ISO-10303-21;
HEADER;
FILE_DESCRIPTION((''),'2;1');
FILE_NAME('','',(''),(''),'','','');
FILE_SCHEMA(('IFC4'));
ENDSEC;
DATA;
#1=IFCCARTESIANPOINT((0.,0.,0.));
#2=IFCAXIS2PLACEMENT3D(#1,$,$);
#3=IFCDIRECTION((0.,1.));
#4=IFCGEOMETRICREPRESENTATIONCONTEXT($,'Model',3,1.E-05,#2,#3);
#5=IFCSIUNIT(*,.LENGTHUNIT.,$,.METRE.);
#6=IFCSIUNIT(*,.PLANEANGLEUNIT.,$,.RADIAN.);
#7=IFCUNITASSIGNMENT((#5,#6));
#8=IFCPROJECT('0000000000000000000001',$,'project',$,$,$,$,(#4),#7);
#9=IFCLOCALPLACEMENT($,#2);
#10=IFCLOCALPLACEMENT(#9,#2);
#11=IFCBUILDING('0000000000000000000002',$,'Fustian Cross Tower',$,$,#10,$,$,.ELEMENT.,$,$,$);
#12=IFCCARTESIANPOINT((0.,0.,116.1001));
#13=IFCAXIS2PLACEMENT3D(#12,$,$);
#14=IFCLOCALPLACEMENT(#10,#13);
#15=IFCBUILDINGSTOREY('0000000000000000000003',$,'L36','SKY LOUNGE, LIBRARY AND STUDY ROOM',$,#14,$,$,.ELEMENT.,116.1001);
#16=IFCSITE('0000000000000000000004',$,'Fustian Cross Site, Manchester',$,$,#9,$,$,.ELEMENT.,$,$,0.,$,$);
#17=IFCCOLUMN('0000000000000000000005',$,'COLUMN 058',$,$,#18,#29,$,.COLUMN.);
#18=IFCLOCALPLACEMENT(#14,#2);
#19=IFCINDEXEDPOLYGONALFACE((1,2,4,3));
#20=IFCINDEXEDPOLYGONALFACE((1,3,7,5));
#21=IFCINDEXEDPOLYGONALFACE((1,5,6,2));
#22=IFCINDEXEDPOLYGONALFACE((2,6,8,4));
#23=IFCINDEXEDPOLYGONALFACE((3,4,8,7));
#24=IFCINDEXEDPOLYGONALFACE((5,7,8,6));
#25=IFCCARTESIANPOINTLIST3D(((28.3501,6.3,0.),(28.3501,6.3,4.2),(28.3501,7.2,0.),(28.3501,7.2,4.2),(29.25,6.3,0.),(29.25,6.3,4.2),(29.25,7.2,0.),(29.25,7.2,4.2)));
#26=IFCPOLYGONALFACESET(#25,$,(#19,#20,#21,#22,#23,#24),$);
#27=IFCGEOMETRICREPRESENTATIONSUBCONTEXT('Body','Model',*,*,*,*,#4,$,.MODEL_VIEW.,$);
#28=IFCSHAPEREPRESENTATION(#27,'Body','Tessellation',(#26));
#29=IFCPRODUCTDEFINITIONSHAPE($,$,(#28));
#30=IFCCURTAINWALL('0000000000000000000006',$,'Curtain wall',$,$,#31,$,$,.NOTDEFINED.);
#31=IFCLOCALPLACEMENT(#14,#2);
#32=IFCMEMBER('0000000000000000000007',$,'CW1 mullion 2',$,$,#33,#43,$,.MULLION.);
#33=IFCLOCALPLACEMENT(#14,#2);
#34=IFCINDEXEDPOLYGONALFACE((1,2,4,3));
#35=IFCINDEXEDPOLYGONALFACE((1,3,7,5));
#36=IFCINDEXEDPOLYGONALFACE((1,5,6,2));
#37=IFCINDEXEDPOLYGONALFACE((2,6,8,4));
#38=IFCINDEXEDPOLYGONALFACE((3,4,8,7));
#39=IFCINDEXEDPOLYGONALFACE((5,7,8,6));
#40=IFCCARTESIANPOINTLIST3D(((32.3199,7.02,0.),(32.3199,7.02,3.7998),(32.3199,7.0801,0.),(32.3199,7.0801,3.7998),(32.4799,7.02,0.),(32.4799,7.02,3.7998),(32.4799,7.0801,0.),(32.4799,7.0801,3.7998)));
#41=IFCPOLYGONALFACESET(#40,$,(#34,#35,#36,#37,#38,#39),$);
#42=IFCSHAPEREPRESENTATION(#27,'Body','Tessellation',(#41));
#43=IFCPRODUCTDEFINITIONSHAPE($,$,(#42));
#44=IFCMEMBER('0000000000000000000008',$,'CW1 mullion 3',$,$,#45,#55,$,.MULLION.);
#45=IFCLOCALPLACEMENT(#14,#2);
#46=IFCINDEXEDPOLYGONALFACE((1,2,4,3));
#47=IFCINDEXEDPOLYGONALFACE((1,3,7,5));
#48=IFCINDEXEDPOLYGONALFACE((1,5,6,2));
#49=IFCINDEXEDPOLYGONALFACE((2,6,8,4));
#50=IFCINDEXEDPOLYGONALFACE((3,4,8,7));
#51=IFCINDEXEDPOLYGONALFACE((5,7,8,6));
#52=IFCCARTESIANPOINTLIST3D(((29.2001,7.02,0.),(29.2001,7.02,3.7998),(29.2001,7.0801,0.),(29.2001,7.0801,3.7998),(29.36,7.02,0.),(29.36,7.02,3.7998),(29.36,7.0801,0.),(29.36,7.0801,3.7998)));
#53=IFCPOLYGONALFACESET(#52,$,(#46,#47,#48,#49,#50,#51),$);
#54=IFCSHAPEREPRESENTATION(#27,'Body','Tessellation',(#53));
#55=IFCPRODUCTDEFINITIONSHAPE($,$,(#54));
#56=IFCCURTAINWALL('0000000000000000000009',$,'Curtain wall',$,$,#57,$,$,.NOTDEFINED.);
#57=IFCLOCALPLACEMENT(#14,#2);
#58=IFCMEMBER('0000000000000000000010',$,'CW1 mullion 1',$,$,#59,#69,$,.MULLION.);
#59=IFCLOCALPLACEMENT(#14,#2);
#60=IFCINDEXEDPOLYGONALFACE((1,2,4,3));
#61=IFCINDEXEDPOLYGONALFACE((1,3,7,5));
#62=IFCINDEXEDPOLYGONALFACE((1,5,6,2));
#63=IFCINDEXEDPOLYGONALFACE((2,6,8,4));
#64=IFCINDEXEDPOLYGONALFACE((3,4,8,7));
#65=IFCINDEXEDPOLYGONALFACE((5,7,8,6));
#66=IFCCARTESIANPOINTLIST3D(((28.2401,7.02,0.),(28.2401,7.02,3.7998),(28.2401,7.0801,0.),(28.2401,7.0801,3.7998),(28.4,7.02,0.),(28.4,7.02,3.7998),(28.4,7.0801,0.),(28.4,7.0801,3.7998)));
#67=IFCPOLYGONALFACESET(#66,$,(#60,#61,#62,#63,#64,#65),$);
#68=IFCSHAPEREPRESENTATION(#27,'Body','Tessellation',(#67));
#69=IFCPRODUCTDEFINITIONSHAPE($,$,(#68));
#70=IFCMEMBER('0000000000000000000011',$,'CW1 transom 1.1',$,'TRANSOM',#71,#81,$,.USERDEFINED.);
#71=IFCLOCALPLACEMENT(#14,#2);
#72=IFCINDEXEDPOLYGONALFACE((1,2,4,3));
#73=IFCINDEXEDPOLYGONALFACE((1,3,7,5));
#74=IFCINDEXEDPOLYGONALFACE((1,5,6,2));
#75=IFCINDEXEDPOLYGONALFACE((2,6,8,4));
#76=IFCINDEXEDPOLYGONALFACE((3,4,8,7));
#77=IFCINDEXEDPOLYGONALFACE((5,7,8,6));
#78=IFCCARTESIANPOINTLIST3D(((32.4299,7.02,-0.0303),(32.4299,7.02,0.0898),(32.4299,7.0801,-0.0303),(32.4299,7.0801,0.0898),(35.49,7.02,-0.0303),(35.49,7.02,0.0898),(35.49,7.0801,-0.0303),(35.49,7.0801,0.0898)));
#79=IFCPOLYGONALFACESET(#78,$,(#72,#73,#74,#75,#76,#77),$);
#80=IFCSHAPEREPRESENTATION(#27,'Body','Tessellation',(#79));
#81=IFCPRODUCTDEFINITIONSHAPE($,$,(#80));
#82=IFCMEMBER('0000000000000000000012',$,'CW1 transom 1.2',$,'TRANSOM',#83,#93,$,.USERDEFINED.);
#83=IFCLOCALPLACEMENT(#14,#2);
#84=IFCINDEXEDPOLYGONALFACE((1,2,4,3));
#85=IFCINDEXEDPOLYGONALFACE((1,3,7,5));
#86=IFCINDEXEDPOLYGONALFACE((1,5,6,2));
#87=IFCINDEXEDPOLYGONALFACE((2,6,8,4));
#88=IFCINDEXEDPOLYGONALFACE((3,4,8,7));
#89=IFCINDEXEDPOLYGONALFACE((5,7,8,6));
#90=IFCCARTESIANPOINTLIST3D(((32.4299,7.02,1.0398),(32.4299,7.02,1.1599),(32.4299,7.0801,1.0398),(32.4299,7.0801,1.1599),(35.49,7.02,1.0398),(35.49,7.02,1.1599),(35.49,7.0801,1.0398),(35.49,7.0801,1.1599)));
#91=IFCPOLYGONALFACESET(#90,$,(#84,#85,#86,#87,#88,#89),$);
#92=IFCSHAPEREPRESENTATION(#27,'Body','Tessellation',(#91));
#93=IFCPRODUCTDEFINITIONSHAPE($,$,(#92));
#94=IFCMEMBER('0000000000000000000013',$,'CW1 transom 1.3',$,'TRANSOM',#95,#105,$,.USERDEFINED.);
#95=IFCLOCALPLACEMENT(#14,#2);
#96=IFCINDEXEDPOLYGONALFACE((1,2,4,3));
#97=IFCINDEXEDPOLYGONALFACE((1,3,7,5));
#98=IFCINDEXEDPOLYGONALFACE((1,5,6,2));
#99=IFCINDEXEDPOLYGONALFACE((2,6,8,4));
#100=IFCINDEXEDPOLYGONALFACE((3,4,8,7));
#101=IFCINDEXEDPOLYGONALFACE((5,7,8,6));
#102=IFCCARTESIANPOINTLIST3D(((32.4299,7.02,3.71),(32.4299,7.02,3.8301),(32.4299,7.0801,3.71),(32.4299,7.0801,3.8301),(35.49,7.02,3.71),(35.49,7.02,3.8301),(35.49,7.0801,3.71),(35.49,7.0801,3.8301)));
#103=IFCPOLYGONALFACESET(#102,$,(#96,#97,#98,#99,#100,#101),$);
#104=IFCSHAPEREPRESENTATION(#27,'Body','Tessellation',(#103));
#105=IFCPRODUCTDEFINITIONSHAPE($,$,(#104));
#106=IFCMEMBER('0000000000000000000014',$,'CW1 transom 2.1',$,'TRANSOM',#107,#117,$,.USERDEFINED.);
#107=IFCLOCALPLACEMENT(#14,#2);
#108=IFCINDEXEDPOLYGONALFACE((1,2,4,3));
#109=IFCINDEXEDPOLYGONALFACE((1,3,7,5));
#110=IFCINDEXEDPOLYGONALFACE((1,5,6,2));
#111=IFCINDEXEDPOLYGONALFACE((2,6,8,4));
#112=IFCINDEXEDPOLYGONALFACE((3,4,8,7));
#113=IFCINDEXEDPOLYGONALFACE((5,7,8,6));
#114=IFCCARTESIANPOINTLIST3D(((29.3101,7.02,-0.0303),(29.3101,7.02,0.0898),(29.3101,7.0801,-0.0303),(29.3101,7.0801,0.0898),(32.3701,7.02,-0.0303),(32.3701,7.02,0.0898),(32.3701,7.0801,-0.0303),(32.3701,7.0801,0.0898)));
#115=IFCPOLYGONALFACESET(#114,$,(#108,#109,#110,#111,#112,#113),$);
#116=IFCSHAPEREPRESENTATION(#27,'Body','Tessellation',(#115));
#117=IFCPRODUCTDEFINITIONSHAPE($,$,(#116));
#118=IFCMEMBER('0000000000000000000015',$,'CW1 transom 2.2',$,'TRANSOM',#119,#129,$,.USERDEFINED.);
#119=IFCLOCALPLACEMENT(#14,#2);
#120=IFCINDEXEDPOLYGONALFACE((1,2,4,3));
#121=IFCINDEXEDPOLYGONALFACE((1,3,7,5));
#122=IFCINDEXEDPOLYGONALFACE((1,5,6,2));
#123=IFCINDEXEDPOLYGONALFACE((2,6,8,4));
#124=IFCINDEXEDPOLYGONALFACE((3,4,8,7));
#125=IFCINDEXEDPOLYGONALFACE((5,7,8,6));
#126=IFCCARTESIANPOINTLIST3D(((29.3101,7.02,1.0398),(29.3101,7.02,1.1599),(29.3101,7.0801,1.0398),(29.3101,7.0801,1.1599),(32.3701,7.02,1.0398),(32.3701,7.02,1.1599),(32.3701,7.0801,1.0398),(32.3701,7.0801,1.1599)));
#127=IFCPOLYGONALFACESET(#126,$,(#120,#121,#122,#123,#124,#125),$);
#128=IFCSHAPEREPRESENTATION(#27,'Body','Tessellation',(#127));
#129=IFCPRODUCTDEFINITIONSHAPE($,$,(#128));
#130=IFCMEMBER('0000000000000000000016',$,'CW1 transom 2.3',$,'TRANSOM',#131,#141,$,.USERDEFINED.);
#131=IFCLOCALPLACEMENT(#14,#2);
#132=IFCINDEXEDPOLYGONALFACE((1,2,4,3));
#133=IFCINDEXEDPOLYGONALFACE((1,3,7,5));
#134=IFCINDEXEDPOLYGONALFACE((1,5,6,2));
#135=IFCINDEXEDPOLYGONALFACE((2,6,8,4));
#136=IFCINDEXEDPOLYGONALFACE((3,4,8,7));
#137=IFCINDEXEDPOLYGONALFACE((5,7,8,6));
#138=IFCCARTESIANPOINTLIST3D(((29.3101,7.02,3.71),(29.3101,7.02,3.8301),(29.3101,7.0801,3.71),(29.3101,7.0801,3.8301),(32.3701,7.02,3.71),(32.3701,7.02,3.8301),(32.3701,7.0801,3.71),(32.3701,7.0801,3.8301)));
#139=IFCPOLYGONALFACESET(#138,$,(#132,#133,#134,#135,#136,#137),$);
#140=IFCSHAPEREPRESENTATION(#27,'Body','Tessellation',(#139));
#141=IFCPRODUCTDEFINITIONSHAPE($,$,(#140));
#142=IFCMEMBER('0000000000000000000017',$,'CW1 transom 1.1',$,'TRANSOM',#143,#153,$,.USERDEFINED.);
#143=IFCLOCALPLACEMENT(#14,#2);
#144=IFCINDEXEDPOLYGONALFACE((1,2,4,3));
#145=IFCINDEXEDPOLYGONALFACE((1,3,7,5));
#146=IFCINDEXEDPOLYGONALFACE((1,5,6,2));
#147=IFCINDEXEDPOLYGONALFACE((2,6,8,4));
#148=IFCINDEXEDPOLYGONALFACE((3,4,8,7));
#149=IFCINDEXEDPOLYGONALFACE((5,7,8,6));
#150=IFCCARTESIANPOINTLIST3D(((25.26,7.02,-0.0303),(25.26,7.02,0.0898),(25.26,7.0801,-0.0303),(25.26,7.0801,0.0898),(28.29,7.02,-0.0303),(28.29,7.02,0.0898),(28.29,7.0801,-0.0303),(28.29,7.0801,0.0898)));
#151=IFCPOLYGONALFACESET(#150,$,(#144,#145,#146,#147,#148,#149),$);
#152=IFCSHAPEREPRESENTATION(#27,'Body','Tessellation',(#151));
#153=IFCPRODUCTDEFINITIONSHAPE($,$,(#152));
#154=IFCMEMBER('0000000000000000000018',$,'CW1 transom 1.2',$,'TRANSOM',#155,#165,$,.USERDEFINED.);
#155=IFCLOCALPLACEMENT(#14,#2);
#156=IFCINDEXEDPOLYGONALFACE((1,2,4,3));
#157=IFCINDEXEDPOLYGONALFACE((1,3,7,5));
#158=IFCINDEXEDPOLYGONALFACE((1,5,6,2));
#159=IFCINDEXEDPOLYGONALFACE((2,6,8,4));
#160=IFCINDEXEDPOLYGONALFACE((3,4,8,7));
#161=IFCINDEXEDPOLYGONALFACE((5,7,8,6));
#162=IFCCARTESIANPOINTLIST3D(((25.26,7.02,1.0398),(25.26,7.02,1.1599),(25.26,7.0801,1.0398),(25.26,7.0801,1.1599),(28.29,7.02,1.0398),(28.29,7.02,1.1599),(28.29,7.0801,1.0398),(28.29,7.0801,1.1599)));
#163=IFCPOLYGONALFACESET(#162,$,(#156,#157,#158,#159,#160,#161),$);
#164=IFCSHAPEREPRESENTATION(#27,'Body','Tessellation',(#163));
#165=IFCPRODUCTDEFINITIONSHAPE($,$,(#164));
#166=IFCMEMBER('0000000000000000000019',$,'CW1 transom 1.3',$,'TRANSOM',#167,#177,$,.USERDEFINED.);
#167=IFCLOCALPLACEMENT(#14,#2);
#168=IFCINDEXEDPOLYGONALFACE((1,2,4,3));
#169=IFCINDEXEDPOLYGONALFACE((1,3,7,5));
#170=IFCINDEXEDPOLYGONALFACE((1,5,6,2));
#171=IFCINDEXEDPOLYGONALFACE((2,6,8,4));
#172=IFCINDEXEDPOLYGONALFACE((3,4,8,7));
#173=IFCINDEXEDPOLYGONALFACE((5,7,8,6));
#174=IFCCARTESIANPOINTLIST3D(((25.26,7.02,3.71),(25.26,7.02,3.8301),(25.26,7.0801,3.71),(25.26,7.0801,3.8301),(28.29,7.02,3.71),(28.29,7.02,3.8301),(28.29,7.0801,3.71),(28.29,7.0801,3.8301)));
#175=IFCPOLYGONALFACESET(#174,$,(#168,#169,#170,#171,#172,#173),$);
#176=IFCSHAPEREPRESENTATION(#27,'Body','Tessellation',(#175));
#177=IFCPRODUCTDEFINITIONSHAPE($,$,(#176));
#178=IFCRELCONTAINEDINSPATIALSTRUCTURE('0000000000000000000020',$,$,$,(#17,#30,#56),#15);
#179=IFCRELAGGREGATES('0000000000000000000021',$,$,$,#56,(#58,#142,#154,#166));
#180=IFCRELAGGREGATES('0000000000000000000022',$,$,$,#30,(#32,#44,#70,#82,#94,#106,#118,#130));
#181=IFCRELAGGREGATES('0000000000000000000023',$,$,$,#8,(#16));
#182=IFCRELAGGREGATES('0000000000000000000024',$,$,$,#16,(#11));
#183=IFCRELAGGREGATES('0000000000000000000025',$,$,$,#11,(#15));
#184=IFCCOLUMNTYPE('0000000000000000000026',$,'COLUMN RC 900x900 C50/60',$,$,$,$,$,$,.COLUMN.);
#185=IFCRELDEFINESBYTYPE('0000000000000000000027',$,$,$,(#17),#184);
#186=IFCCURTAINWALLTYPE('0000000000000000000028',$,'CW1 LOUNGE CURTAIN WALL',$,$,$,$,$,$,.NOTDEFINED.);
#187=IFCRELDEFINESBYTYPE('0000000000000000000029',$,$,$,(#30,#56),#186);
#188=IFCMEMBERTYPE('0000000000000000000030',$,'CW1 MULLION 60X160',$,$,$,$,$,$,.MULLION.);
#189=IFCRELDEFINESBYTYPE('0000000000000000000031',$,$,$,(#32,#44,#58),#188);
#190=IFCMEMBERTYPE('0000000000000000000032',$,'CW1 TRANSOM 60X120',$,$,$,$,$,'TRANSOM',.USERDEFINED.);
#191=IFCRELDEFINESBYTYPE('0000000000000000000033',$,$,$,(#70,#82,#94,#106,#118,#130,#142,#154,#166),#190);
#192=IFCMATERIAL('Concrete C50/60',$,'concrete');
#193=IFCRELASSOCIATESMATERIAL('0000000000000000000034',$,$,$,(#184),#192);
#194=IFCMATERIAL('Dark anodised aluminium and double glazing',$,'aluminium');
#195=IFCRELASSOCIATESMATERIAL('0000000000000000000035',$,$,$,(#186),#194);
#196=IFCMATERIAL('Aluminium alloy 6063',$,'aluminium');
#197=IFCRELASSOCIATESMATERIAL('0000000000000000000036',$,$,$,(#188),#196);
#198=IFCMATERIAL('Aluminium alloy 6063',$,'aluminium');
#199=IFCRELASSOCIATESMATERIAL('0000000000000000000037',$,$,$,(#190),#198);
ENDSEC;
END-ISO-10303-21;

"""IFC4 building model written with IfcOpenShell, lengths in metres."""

from ifc_helpers import new_model, si_unit, direction, frame, origin, origin_2d, place, context, subcontext, project, spatial, rectangle, extrude, material, material_profile, profile_set, type_object, element, aggregate, save


model = new_model("IFC4")

# Units and contexts
model_context = context("Model", 3, precision=1e-05, world=origin(), true_north=direction((0.0, 1.0)))
body_context = subcontext(model_context, "Body", "Model", "MODEL_VIEW")
ifc_project = project(units=[si_unit("LENGTHUNIT", "METRE"), si_unit("PLANEANGLEUNIT", "RADIAN")], contexts=[model_context])

# Site, building, storey
site_placement = place(None, origin())
site = spatial("IfcSite", under=ifc_project, at=site_placement, Name="Fustian Cross Site, Manchester", CompositionType="ELEMENT", RefElevation=0.0)
building_placement = place(site_placement, origin())
building = spatial("IfcBuilding", under=site, at=building_placement, Name="Fustian Cross Tower", CompositionType="ELEMENT")
storey_placement = place(building_placement, frame((0.0, 0.0, 116.1001)))
storey = spatial("IfcBuildingStorey", under=building, at=storey_placement, Name="L36", Description="SKY LOUNGE, LIBRARY AND STUDY ROOM", CompositionType="ELEMENT", Elevation=116.1001)

# Column
ifc_material_1 = material(Name="Concrete C50/60", Category="concrete")
ifc_material_profile_1 = material_profile(ifc_material_1, rectangle(XDim=0.8999, YDim=0.8999, at=origin_2d()), Name="RC 900x900")
ifc_profile_set_1 = profile_set([ifc_material_profile_1], Name="Concrete C50/60")
column_type = type_object("IfcColumnType", Name="COLUMN RC 900x900 C50/60", PredefinedType="COLUMN", material=ifc_profile_set_1)
column_placement = place(storey_placement, frame((28.8, 6.75, 0.0), z_axis=(0.0, 0.0, 1.0), x_axis=(1.0, 0.0, 0.0)))
element("IfcColumn", 1, at=column_placement, inside=storey, type_object=column_type, Name="COLUMN 058", PredefinedType="COLUMN", context=body_context, shape_type="SweptSolid", body=[
    extrude(rectangle(XDim=0.8999, YDim=0.8999, at=origin_2d()), origin(), (0.0, 0.0, 1.0), 4.2),
])

# Curtain wall, members
ifc_material_2 = material(Name="Dark anodised aluminium and double glazing", Category="aluminium")
curtain_wall_type = type_object("IfcCurtainWallType", Name="CW1 LOUNGE CURTAIN WALL", PredefinedType="NOTDEFINED", material=ifc_material_2)
curtain_wall_1_placement = place(storey_placement, origin())
curtain_wall_1 = element("IfcCurtainWall", 2, at=curtain_wall_1_placement, inside=storey, type_object=curtain_wall_type, Name="Curtain wall", PredefinedType="NOTDEFINED")
ifc_material_3 = material(Name="Aluminium alloy 6063", Category="aluminium")
ifc_material_profile_2 = material_profile(ifc_material_3, rectangle(XDim=0.0601, YDim=0.1599, at=origin_2d()), Name="CW1 MULLION 60X160")
ifc_profile_set_2 = profile_set([ifc_material_profile_2], Name="Aluminium alloy 6063")
member_type_1 = type_object("IfcMemberType", Name="CW1 MULLION 60X160", PredefinedType="MULLION", material=ifc_profile_set_2)
member_1_placement = place(storey_placement, frame((32.3999, 7.05, 0.0), z_axis=(0.0, 0.0, 1.0), x_axis=(0.0, -1.0, 0.0)))
member_1 = element("IfcMember", 3, at=member_1_placement, type_object=member_type_1, Name="CW1 mullion 2", PredefinedType="MULLION", context=body_context, shape_type="SweptSolid", body=[
    extrude(rectangle(XDim=0.0601, YDim=0.1599, at=origin_2d()), origin(), (0.0, 0.0, 1.0), 3.7998),
])
member_2_placement = place(storey_placement, frame((29.28, 7.05, 0.0), z_axis=(0.0, 0.0, 1.0), x_axis=(0.0, -1.0, 0.0)))
member_2 = element("IfcMember", 4, at=member_2_placement, type_object=member_type_1, Name="CW1 mullion 3", PredefinedType="MULLION", context=body_context, shape_type="SweptSolid", body=[
    extrude(rectangle(XDim=0.0601, YDim=0.1599, at=origin_2d()), origin(), (0.0, 0.0, 1.0), 3.7998),
])

# Curtain wall, member
curtain_wall_2_placement = place(storey_placement, origin())
curtain_wall_2 = element("IfcCurtainWall", 5, at=curtain_wall_2_placement, inside=storey, type_object=curtain_wall_type, Name="Curtain wall", PredefinedType="NOTDEFINED")
member_3_placement = place(storey_placement, frame((28.3201, 7.05, 0.0), z_axis=(0.0, 0.0, 1.0), x_axis=(0.0, -1.0, 0.0)))
member_3 = element("IfcMember", 6, at=member_3_placement, type_object=member_type_1, Name="CW1 mullion 1", PredefinedType="MULLION", context=body_context, shape_type="SweptSolid", body=[
    extrude(rectangle(XDim=0.0601, YDim=0.1599, at=origin_2d()), origin(), (0.0, 0.0, 1.0), 3.7998),
])

# Members
ifc_material_4 = material(Name="Aluminium alloy 6063", Category="aluminium")
ifc_material_profile_3 = material_profile(ifc_material_4, rectangle(XDim=0.0601, YDim=0.1201, at=origin_2d()), Name="CW1 TRANSOM 60X120")
ifc_profile_set_3 = profile_set([ifc_material_profile_3], Name="Aluminium alloy 6063")
member_type_2 = type_object("IfcMemberType", Name="CW1 TRANSOM 60X120", ElementType="TRANSOM", PredefinedType="USERDEFINED", material=ifc_profile_set_3)
member_4_placement = place(storey_placement, frame((35.49, 7.05, 0.0298), z_axis=(-1.0, 0.0, 0.0), x_axis=(0.0, -1.0, 0.0)))
member_4 = element("IfcMember", 7, at=member_4_placement, type_object=member_type_2, Name="CW1 transom 1.1", ObjectType="TRANSOM", PredefinedType="USERDEFINED", context=body_context, shape_type="SweptSolid", body=[
    extrude(rectangle(XDim=0.0601, YDim=0.1201, at=origin_2d()), origin(), (0.0, 0.0, 1.0), 3.0601),
])
member_5_placement = place(storey_placement, frame((35.49, 7.05, 1.0999), z_axis=(-1.0, 0.0, 0.0), x_axis=(0.0, -1.0, 0.0)))
member_5 = element("IfcMember", 8, at=member_5_placement, type_object=member_type_2, Name="CW1 transom 1.2", ObjectType="TRANSOM", PredefinedType="USERDEFINED", context=body_context, shape_type="SweptSolid", body=[
    extrude(rectangle(XDim=0.0601, YDim=0.1201, at=origin_2d()), origin(), (0.0, 0.0, 1.0), 3.0601),
])
member_6_placement = place(storey_placement, frame((35.49, 7.05, 3.77), z_axis=(-1.0, 0.0, 0.0), x_axis=(0.0, -1.0, 0.0)))
member_6 = element("IfcMember", 9, at=member_6_placement, type_object=member_type_2, Name="CW1 transom 1.3", ObjectType="TRANSOM", PredefinedType="USERDEFINED", context=body_context, shape_type="SweptSolid", body=[
    extrude(rectangle(XDim=0.0601, YDim=0.1201, at=origin_2d()), origin(), (0.0, 0.0, 1.0), 3.0601),
])
member_7_placement = place(storey_placement, frame((32.3701, 7.05, 0.0298), z_axis=(-1.0, 0.0, 0.0), x_axis=(0.0, -1.0, 0.0)))
member_7 = element("IfcMember", 10, at=member_7_placement, type_object=member_type_2, Name="CW1 transom 2.1", ObjectType="TRANSOM", PredefinedType="USERDEFINED", context=body_context, shape_type="SweptSolid", body=[
    extrude(rectangle(XDim=0.0601, YDim=0.1201, at=origin_2d()), origin(), (0.0, 0.0, 1.0), 3.0601),
])
member_8_placement = place(storey_placement, frame((32.3701, 7.05, 1.0999), z_axis=(-1.0, 0.0, 0.0), x_axis=(0.0, -1.0, 0.0)))
member_8 = element("IfcMember", 11, at=member_8_placement, type_object=member_type_2, Name="CW1 transom 2.2", ObjectType="TRANSOM", PredefinedType="USERDEFINED", context=body_context, shape_type="SweptSolid", body=[
    extrude(rectangle(XDim=0.0601, YDim=0.1201, at=origin_2d()), origin(), (0.0, 0.0, 1.0), 3.0601),
])
member_9_placement = place(storey_placement, frame((32.3701, 7.05, 3.77), z_axis=(-1.0, 0.0, 0.0), x_axis=(0.0, -1.0, 0.0)))
member_9 = element("IfcMember", 12, at=member_9_placement, type_object=member_type_2, Name="CW1 transom 2.3", ObjectType="TRANSOM", PredefinedType="USERDEFINED", context=body_context, shape_type="SweptSolid", body=[
    extrude(rectangle(XDim=0.0601, YDim=0.1201, at=origin_2d()), origin(), (0.0, 0.0, 1.0), 3.0601),
])
member_10_placement = place(storey_placement, frame((28.29, 7.05, 0.0298), z_axis=(-1.0, 0.0, 0.0), x_axis=(0.0, -1.0, 0.0)))
member_10 = element("IfcMember", 13, at=member_10_placement, type_object=member_type_2, Name="CW1 transom 1.1", ObjectType="TRANSOM", PredefinedType="USERDEFINED", context=body_context, shape_type="SweptSolid", body=[
    extrude(rectangle(XDim=0.0601, YDim=0.1201, at=origin_2d()), origin(), (0.0, 0.0, 1.0), 3.03),
])
member_11_placement = place(storey_placement, frame((28.29, 7.05, 1.0999), z_axis=(-1.0, 0.0, 0.0), x_axis=(0.0, -1.0, 0.0)))
member_11 = element("IfcMember", 14, at=member_11_placement, type_object=member_type_2, Name="CW1 transom 1.2", ObjectType="TRANSOM", PredefinedType="USERDEFINED", context=body_context, shape_type="SweptSolid", body=[
    extrude(rectangle(XDim=0.0601, YDim=0.1201, at=origin_2d()), origin(), (0.0, 0.0, 1.0), 3.03),
])
member_12_placement = place(storey_placement, frame((28.29, 7.05, 3.77), z_axis=(-1.0, 0.0, 0.0), x_axis=(0.0, -1.0, 0.0)))
member_12 = element("IfcMember", 15, at=member_12_placement, type_object=member_type_2, Name="CW1 transom 1.3", ObjectType="TRANSOM", PredefinedType="USERDEFINED", context=body_context, shape_type="SweptSolid", body=[
    extrude(rectangle(XDim=0.0601, YDim=0.1201, at=origin_2d()), origin(), (0.0, 0.0, 1.0), 3.03),
])
aggregate(curtain_wall_2, [member_3, member_10, member_11, member_12])

aggregate(curtain_wall_1, [member_1, member_2, member_4, member_5, member_6, member_7, member_8, member_9])

save(model, "model.ifc")
